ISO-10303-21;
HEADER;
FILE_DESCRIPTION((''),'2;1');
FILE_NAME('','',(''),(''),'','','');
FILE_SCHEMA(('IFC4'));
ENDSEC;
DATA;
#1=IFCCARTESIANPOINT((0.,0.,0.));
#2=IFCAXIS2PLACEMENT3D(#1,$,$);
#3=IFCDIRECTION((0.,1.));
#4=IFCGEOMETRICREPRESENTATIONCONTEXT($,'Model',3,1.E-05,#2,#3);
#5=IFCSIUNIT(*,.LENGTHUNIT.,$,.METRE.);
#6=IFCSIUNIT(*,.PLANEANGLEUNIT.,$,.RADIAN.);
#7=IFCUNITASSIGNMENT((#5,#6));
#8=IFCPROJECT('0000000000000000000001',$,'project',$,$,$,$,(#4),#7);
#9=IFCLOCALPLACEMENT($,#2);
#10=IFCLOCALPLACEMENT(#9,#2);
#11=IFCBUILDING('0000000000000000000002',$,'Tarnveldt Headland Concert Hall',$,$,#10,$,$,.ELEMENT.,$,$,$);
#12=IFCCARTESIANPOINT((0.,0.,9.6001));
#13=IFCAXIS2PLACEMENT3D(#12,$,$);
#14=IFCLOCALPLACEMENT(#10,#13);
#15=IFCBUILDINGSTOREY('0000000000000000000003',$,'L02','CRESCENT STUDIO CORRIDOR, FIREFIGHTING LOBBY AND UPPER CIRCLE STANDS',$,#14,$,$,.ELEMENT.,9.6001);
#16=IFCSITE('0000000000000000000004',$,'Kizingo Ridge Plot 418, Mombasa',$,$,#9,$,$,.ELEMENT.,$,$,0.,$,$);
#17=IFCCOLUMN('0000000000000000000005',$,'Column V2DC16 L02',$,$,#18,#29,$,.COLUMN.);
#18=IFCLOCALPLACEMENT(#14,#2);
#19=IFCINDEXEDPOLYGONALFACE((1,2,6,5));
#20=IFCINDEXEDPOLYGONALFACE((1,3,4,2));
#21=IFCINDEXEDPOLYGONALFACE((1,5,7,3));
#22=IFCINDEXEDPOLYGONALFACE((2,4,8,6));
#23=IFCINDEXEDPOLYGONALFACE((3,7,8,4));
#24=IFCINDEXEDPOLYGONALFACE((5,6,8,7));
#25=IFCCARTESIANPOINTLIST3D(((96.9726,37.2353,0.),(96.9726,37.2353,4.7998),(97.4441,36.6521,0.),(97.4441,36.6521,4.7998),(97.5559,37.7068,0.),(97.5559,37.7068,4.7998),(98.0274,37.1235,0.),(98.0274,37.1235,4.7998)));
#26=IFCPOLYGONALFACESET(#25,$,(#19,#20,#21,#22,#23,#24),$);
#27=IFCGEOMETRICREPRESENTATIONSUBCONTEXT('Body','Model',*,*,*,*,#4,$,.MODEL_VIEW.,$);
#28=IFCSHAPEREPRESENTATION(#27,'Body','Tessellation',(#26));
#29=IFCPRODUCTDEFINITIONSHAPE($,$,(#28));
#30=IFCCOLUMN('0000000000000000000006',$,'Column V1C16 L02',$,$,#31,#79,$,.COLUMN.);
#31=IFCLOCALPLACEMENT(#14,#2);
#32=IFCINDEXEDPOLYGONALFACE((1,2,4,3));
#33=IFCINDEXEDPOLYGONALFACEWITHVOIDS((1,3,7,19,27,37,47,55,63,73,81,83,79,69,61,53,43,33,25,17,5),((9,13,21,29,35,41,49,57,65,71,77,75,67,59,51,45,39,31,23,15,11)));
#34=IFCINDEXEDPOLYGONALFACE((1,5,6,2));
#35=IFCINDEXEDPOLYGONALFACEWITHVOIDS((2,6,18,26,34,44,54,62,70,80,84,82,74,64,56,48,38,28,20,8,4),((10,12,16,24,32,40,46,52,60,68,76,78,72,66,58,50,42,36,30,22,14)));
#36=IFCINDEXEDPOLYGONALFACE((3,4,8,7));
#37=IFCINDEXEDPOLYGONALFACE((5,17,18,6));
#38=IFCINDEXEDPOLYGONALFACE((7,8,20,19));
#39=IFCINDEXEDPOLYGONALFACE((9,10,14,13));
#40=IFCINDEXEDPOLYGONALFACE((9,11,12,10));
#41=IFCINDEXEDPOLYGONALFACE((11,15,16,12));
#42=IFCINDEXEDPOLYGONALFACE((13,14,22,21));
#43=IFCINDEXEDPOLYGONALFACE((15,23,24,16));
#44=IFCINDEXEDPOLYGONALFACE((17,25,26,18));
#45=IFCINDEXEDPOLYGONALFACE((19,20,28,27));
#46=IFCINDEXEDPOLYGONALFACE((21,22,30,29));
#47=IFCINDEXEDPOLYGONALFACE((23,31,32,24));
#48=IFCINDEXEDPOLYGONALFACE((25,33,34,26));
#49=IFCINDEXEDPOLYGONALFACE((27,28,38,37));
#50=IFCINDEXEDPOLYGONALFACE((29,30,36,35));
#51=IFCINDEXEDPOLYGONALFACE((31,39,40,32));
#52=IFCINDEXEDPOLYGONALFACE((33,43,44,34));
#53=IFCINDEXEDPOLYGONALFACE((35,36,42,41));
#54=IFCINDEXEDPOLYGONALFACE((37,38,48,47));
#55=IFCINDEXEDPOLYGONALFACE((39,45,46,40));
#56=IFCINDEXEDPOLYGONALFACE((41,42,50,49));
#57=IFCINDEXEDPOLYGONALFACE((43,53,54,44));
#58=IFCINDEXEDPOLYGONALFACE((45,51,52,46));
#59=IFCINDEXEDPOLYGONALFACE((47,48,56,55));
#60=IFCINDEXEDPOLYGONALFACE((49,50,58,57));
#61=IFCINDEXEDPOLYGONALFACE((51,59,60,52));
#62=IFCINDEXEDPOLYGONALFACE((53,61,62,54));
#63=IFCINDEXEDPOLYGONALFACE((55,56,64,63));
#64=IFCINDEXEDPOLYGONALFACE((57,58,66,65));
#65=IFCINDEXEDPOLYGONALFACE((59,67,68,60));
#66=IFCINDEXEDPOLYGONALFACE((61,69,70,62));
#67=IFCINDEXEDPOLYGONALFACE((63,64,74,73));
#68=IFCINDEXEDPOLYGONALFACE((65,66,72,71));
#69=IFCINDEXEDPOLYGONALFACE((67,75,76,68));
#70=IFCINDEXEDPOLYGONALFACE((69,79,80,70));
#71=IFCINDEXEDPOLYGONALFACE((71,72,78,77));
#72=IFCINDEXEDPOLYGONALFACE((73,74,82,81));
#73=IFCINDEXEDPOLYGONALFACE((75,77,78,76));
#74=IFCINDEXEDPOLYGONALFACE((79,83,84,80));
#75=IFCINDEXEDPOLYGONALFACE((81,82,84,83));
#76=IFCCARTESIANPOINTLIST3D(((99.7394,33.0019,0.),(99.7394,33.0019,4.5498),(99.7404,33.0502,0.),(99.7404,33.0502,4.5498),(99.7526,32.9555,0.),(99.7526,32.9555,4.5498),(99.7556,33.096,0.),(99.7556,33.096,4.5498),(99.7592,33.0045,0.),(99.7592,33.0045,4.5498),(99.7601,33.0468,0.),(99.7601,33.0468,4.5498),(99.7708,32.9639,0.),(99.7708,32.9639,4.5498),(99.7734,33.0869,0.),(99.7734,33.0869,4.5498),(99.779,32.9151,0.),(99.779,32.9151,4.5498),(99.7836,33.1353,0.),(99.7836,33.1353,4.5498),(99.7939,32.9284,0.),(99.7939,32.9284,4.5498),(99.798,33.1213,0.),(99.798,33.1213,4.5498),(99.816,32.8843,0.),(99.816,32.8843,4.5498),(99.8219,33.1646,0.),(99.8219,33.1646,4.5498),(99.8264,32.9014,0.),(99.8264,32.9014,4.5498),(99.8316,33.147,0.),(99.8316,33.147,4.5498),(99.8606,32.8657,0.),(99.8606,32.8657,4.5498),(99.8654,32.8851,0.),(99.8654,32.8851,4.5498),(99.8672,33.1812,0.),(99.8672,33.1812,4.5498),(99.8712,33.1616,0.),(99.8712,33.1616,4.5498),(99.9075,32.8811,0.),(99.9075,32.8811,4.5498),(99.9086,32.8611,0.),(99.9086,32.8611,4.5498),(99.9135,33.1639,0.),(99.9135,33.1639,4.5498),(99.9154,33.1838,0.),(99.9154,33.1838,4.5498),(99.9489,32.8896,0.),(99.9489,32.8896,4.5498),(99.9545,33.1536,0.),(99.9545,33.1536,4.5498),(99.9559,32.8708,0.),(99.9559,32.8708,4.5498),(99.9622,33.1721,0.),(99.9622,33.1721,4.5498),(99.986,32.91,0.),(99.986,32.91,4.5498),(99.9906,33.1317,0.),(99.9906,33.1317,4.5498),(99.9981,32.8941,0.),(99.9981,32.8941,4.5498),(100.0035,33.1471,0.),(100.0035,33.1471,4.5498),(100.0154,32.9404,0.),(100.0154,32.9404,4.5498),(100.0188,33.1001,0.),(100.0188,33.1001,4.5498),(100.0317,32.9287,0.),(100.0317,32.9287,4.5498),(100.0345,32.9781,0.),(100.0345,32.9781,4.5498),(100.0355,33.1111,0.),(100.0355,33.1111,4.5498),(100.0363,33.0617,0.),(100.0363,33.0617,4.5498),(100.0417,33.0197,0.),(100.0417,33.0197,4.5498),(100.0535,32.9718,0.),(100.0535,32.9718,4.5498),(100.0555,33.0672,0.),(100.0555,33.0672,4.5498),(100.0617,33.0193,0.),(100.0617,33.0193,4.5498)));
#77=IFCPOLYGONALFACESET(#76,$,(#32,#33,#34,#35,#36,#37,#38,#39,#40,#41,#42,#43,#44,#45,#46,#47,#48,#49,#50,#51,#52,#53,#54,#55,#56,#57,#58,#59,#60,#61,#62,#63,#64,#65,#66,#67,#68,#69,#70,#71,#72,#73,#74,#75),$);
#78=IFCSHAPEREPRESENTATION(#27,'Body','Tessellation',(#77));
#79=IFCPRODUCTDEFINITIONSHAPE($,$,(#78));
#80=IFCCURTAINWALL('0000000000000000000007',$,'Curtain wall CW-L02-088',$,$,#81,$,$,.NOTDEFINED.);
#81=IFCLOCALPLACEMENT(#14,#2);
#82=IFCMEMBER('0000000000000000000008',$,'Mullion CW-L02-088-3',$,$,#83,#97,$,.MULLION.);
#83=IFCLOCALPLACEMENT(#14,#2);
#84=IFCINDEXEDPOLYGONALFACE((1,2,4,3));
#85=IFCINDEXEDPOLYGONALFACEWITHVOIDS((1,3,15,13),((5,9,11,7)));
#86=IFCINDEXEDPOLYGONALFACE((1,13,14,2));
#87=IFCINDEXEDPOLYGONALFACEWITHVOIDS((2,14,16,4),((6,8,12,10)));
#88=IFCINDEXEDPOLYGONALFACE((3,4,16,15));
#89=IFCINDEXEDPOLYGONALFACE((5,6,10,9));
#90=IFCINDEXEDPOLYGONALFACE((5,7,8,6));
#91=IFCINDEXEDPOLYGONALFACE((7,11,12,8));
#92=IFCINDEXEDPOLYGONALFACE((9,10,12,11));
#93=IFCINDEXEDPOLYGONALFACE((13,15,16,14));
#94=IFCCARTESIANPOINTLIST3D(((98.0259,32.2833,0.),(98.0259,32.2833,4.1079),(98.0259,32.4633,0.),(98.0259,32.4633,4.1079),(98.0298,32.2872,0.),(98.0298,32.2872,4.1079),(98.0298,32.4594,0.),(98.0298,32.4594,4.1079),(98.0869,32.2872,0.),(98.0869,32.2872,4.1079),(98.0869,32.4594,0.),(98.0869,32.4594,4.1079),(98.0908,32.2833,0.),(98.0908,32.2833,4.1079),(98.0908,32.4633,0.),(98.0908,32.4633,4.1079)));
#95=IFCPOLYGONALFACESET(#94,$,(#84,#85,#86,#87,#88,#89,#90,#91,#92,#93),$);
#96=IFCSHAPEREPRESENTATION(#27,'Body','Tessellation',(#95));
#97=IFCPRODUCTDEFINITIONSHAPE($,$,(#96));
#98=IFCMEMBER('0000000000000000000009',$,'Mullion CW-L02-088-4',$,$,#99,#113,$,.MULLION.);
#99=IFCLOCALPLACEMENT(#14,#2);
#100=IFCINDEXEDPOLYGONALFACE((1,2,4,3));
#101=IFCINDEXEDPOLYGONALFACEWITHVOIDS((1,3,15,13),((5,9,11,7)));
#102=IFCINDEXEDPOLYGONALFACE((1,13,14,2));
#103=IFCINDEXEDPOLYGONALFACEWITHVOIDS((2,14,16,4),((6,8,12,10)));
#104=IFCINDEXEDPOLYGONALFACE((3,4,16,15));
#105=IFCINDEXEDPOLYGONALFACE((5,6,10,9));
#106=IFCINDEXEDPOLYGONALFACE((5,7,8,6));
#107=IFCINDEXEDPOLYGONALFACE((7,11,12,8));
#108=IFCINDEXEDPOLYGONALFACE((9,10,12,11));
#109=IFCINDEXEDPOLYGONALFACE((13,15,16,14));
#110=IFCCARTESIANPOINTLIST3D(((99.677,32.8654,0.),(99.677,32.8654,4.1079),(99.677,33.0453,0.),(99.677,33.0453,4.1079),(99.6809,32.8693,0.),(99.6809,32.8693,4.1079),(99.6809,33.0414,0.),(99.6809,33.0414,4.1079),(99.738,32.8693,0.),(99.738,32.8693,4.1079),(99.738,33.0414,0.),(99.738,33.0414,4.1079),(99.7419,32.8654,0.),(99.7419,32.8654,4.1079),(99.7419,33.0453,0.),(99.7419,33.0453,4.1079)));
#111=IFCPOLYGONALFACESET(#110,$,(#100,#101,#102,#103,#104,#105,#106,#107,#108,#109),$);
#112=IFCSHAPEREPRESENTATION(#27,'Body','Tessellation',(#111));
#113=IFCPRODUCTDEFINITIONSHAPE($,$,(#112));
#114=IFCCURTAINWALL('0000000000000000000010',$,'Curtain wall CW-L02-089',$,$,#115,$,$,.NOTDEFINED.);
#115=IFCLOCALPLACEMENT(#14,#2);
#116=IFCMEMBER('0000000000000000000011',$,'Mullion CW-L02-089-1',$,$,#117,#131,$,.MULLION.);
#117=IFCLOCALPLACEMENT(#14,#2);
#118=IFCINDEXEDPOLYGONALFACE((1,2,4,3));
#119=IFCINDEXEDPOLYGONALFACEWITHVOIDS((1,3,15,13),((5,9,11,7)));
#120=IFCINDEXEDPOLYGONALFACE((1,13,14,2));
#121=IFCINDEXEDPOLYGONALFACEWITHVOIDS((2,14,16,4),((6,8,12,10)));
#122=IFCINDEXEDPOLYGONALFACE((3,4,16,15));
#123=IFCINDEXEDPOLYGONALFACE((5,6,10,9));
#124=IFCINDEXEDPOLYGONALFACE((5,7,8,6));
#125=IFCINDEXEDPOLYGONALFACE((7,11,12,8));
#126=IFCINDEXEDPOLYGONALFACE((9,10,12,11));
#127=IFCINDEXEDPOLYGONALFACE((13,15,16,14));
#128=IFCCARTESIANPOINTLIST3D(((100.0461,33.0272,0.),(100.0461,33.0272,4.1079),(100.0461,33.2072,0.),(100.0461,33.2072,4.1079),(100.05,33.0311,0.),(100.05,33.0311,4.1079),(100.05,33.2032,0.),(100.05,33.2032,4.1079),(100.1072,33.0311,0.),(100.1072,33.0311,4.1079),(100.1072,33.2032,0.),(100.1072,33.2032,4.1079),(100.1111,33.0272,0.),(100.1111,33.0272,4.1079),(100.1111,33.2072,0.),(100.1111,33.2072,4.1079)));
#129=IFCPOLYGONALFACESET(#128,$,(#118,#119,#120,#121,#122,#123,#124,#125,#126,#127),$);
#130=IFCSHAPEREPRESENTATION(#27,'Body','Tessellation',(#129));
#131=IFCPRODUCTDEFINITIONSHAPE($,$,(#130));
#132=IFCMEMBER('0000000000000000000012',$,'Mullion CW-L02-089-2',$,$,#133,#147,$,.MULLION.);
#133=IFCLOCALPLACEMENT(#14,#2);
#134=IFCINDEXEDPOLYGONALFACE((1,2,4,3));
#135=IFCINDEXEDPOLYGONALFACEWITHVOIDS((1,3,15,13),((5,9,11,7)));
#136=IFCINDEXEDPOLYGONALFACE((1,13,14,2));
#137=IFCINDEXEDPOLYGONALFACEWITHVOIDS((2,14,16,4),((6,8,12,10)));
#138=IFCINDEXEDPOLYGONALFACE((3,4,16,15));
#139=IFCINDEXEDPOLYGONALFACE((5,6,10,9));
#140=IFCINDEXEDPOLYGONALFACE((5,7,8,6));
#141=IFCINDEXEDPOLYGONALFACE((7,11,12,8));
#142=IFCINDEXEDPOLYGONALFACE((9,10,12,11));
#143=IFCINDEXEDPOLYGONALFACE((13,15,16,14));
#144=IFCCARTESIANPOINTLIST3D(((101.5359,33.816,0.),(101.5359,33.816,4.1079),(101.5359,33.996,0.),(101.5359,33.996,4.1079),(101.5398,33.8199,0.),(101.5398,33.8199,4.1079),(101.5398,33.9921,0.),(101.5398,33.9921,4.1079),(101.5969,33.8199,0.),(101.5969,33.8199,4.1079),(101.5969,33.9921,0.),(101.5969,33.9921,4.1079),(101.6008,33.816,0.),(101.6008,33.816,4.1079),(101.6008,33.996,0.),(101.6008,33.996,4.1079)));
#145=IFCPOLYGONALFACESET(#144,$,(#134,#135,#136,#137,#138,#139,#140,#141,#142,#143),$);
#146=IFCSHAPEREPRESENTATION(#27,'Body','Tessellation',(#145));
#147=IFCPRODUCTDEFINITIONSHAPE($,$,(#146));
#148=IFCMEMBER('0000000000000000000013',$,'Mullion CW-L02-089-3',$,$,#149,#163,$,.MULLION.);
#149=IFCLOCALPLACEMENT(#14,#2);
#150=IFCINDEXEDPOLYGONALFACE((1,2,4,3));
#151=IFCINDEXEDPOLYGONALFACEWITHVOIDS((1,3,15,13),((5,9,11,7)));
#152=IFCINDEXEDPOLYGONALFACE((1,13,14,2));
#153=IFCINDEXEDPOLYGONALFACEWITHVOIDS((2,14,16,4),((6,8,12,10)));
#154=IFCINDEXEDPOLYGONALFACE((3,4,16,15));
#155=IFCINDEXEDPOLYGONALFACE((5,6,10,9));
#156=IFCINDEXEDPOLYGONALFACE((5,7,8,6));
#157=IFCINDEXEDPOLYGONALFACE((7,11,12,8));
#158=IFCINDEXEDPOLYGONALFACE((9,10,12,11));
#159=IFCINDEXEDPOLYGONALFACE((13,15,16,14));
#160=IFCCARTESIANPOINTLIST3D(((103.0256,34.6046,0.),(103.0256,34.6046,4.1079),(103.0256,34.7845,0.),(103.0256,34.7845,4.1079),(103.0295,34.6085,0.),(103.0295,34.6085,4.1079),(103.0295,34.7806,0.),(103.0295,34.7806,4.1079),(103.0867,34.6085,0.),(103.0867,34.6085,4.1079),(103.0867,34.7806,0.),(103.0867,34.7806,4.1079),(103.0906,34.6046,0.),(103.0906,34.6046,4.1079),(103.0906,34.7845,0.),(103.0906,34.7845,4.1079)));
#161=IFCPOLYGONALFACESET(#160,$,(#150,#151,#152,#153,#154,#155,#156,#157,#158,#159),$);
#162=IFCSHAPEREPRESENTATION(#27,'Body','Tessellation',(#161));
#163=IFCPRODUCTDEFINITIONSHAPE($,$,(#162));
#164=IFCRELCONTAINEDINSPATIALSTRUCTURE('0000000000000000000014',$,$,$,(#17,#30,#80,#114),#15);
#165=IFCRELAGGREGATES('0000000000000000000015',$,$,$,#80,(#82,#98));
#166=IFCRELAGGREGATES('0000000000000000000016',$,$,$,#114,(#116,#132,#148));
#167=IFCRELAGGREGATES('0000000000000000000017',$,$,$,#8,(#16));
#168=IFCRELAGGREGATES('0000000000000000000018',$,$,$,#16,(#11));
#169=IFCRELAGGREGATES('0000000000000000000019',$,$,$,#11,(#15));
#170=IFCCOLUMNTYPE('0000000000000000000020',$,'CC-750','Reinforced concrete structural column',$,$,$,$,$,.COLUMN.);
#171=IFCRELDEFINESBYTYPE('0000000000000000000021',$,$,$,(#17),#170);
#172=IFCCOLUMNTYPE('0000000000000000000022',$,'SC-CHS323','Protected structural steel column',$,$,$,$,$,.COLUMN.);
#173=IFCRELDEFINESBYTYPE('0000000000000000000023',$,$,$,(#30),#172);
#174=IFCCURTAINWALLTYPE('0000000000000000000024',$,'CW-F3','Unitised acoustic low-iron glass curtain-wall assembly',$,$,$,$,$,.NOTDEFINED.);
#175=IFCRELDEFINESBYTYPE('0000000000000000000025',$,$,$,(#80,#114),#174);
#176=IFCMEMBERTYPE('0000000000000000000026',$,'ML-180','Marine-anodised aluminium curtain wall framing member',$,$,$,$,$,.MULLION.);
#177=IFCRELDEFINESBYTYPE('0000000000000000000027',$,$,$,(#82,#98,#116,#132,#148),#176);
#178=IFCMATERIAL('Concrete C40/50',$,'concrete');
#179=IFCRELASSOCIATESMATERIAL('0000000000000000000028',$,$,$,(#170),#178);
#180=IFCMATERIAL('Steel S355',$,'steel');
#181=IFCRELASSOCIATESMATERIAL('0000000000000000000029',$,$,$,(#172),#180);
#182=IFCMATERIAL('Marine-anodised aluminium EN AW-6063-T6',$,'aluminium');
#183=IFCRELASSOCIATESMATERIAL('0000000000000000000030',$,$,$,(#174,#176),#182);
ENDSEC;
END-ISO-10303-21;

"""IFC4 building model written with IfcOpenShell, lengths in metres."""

from ifc_helpers import new_model, si_unit, direction, frame, origin, origin_2d, place, context, subcontext, project, spatial, rectangle, hollow_rectangle, hollow_circle, extrude, material, material_profile, profile_set, type_object, element, aggregate, save


model = new_model("IFC4")

# Units and contexts
model_context = context("Model", 3, precision=1e-05, world=origin(), true_north=direction((0.0, 1.0)))
body_context = subcontext(model_context, "Body", "Model", "MODEL_VIEW")
ifc_project = project(units=[si_unit("LENGTHUNIT", "METRE"), si_unit("PLANEANGLEUNIT", "RADIAN")], contexts=[model_context])

# Site, building, storey
site_placement = place(None, origin())
site = spatial("IfcSite", under=ifc_project, at=site_placement, Name="Kizingo Ridge Plot 418, Mombasa", CompositionType="ELEMENT", RefElevation=0.0)
building_placement = place(site_placement, origin())
building = spatial("IfcBuilding", under=site, at=building_placement, Name="Tarnveldt Headland Concert Hall", CompositionType="ELEMENT")
storey_placement = place(building_placement, frame((0.0, 0.0, 9.6001)))
storey = spatial("IfcBuildingStorey", under=building, at=storey_placement, Name="L02", Description="CRESCENT STUDIO CORRIDOR, FIREFIGHTING LOBBY AND UPPER CIRCLE STANDS", CompositionType="ELEMENT", Elevation=9.6001)

# Columns
ifc_material_1 = material(Name="Concrete C40/50", Category="concrete")
ifc_material_profile_1 = material_profile(ifc_material_1, rectangle(XDim=0.75, YDim=0.75, at=origin_2d()), Name="RC 750x750", Category="concrete")
ifc_profile_set_1 = profile_set([ifc_material_profile_1], Name="Concrete C40/50")
column_type_1 = type_object("IfcColumnType", Name="CC-750", Description="Reinforced concrete structural column", PredefinedType="COLUMN", material=ifc_profile_set_1)
column_1_placement = place(storey_placement, frame((97.5, 37.1794, 0.0), z_axis=(0.0, 0.0, 1.0), x_axis=(0.628642, -0.777695, 0.0)))
element("IfcColumn", 1, at=column_1_placement, inside=storey, type_object=column_type_1, Name="Column V2DC16 L02", PredefinedType="COLUMN", context=body_context, shape_type="SweptSolid", body=[
    extrude(rectangle(XDim=0.75, YDim=0.75, at=origin_2d()), origin(), (0.0, 0.0, 1.0), 4.7998),
])
ifc_material_2 = material(Name="Steel S355", Category="steel")
ifc_material_profile_2 = material_profile(ifc_material_2, hollow_circle(Radius=0.1619, WallThickness=0.02, at=origin_2d()), Name="CHS 323.9x20", Category="steel")
ifc_profile_set_2 = profile_set([ifc_material_profile_2], Name="Steel S355")
column_type_2 = type_object("IfcColumnType", Name="SC-CHS323", Description="Protected structural steel column", PredefinedType="COLUMN", material=ifc_profile_set_2)
column_2_placement = place(storey_placement, frame((99.8999, 33.0227, 0.0), z_axis=(0.0, 0.0, 1.0), x_axis=(0.60696, -0.794733, 0.0)))
element("IfcColumn", 2, at=column_2_placement, inside=storey, type_object=column_type_2, Name="Column V1C16 L02", PredefinedType="COLUMN", context=body_context, shape_type="SweptSolid", body=[
    extrude(hollow_circle(Radius=0.1619, WallThickness=0.02, at=origin_2d()), origin(), (0.0, 0.0, 1.0), 4.5498),
])

# Curtain walls, members
ifc_material_3 = material(Name="Marine-anodised aluminium EN AW-6063-T6", Category="aluminium")
curtain_wall_type = type_object("IfcCurtainWallType", Name="CW-F3", Description="Unitised acoustic low-iron glass curtain-wall assembly", PredefinedType="NOTDEFINED", material=ifc_material_3)
curtain_wall_1_placement = place(storey_placement, origin())
curtain_wall_1 = element("IfcCurtainWall", 3, at=curtain_wall_1_placement, inside=storey, type_object=curtain_wall_type, Name="Curtain wall CW-L02-088", PredefinedType="NOTDEFINED")
ifc_material_profile_3 = material_profile(ifc_material_3, hollow_rectangle(XDim=0.0649, YDim=0.1799, WallThickness=0.0039, at=origin_2d()), Name="ALU MULLION 65x180x4", Category="aluminium")
ifc_profile_set_3 = profile_set([ifc_material_profile_3], Name="Marine-anodised aluminium EN AW-6063-T6")
member_type_1 = type_object("IfcMemberType", Name="ML-180", Description="Marine-anodised aluminium curtain wall framing member", PredefinedType="MULLION", material=ifc_profile_set_3)
member_1_placement = place(storey_placement, frame((98.0583, 32.3733, 0.0), z_axis=(0.0, 0.0, 1.0), x_axis=(1.0, 0.0, 0.0)))
member_1 = element("IfcMember", 4, at=member_1_placement, type_object=member_type_1, Name="Mullion CW-L02-088-3", PredefinedType="MULLION", context=body_context, shape_type="SweptSolid", body=[
    extrude(hollow_rectangle(XDim=0.0649, YDim=0.1799, WallThickness=0.0039, at=origin_2d()), origin(), (0.0, 0.0, 1.0), 4.1079),
])
member_2_placement = place(storey_placement, frame((99.7095, 32.9553, 0.0), z_axis=(0.0, 0.0, 1.0), x_axis=(1.0, 0.0, 0.0)))
member_2 = element("IfcMember", 5, at=member_2_placement, type_object=member_type_1, Name="Mullion CW-L02-088-4", PredefinedType="MULLION", context=body_context, shape_type="SweptSolid", body=[
    extrude(hollow_rectangle(XDim=0.0649, YDim=0.1799, WallThickness=0.0039, at=origin_2d()), origin(), (0.0, 0.0, 1.0), 4.1079),
])
curtain_wall_2_placement = place(storey_placement, origin())
curtain_wall_2 = element("IfcCurtainWall", 6, at=curtain_wall_2_placement, inside=storey, type_object=curtain_wall_type, Name="Curtain wall CW-L02-089", PredefinedType="NOTDEFINED")
member_3_placement = place(storey_placement, frame((100.0786, 33.1172, 0.0), z_axis=(0.0, 0.0, 1.0), x_axis=(1.0, 0.0, 0.0)))
member_3 = element("IfcMember", 7, at=member_3_placement, type_object=member_type_1, Name="Mullion CW-L02-089-1", PredefinedType="MULLION", context=body_context, shape_type="SweptSolid", body=[
    extrude(hollow_rectangle(XDim=0.0649, YDim=0.1799, WallThickness=0.0039, at=origin_2d()), origin(), (0.0, 0.0, 1.0), 4.1079),
])
member_4_placement = place(storey_placement, frame((101.5684, 33.906, 0.0), z_axis=(0.0, 0.0, 1.0), x_axis=(1.0, 0.0, 0.0)))
member_4 = element("IfcMember", 8, at=member_4_placement, type_object=member_type_1, Name="Mullion CW-L02-089-2", PredefinedType="MULLION", context=body_context, shape_type="SweptSolid", body=[
    extrude(hollow_rectangle(XDim=0.0649, YDim=0.1799, WallThickness=0.0039, at=origin_2d()), origin(), (0.0, 0.0, 1.0), 4.1079),
])
member_5_placement = place(storey_placement, frame((103.0581, 34.6946, 0.0), z_axis=(0.0, 0.0, 1.0), x_axis=(1.0, 0.0, 0.0)))
member_5 = element("IfcMember", 9, at=member_5_placement, type_object=member_type_1, Name="Mullion CW-L02-089-3", PredefinedType="MULLION", context=body_context, shape_type="SweptSolid", body=[
    extrude(hollow_rectangle(XDim=0.0649, YDim=0.1799, WallThickness=0.0039, at=origin_2d()), origin(), (0.0, 0.0, 1.0), 4.1079),
])

aggregate(curtain_wall_1, [member_1, member_2])
aggregate(curtain_wall_2, [member_3, member_4, member_5])

save(model, "model.ifc")
